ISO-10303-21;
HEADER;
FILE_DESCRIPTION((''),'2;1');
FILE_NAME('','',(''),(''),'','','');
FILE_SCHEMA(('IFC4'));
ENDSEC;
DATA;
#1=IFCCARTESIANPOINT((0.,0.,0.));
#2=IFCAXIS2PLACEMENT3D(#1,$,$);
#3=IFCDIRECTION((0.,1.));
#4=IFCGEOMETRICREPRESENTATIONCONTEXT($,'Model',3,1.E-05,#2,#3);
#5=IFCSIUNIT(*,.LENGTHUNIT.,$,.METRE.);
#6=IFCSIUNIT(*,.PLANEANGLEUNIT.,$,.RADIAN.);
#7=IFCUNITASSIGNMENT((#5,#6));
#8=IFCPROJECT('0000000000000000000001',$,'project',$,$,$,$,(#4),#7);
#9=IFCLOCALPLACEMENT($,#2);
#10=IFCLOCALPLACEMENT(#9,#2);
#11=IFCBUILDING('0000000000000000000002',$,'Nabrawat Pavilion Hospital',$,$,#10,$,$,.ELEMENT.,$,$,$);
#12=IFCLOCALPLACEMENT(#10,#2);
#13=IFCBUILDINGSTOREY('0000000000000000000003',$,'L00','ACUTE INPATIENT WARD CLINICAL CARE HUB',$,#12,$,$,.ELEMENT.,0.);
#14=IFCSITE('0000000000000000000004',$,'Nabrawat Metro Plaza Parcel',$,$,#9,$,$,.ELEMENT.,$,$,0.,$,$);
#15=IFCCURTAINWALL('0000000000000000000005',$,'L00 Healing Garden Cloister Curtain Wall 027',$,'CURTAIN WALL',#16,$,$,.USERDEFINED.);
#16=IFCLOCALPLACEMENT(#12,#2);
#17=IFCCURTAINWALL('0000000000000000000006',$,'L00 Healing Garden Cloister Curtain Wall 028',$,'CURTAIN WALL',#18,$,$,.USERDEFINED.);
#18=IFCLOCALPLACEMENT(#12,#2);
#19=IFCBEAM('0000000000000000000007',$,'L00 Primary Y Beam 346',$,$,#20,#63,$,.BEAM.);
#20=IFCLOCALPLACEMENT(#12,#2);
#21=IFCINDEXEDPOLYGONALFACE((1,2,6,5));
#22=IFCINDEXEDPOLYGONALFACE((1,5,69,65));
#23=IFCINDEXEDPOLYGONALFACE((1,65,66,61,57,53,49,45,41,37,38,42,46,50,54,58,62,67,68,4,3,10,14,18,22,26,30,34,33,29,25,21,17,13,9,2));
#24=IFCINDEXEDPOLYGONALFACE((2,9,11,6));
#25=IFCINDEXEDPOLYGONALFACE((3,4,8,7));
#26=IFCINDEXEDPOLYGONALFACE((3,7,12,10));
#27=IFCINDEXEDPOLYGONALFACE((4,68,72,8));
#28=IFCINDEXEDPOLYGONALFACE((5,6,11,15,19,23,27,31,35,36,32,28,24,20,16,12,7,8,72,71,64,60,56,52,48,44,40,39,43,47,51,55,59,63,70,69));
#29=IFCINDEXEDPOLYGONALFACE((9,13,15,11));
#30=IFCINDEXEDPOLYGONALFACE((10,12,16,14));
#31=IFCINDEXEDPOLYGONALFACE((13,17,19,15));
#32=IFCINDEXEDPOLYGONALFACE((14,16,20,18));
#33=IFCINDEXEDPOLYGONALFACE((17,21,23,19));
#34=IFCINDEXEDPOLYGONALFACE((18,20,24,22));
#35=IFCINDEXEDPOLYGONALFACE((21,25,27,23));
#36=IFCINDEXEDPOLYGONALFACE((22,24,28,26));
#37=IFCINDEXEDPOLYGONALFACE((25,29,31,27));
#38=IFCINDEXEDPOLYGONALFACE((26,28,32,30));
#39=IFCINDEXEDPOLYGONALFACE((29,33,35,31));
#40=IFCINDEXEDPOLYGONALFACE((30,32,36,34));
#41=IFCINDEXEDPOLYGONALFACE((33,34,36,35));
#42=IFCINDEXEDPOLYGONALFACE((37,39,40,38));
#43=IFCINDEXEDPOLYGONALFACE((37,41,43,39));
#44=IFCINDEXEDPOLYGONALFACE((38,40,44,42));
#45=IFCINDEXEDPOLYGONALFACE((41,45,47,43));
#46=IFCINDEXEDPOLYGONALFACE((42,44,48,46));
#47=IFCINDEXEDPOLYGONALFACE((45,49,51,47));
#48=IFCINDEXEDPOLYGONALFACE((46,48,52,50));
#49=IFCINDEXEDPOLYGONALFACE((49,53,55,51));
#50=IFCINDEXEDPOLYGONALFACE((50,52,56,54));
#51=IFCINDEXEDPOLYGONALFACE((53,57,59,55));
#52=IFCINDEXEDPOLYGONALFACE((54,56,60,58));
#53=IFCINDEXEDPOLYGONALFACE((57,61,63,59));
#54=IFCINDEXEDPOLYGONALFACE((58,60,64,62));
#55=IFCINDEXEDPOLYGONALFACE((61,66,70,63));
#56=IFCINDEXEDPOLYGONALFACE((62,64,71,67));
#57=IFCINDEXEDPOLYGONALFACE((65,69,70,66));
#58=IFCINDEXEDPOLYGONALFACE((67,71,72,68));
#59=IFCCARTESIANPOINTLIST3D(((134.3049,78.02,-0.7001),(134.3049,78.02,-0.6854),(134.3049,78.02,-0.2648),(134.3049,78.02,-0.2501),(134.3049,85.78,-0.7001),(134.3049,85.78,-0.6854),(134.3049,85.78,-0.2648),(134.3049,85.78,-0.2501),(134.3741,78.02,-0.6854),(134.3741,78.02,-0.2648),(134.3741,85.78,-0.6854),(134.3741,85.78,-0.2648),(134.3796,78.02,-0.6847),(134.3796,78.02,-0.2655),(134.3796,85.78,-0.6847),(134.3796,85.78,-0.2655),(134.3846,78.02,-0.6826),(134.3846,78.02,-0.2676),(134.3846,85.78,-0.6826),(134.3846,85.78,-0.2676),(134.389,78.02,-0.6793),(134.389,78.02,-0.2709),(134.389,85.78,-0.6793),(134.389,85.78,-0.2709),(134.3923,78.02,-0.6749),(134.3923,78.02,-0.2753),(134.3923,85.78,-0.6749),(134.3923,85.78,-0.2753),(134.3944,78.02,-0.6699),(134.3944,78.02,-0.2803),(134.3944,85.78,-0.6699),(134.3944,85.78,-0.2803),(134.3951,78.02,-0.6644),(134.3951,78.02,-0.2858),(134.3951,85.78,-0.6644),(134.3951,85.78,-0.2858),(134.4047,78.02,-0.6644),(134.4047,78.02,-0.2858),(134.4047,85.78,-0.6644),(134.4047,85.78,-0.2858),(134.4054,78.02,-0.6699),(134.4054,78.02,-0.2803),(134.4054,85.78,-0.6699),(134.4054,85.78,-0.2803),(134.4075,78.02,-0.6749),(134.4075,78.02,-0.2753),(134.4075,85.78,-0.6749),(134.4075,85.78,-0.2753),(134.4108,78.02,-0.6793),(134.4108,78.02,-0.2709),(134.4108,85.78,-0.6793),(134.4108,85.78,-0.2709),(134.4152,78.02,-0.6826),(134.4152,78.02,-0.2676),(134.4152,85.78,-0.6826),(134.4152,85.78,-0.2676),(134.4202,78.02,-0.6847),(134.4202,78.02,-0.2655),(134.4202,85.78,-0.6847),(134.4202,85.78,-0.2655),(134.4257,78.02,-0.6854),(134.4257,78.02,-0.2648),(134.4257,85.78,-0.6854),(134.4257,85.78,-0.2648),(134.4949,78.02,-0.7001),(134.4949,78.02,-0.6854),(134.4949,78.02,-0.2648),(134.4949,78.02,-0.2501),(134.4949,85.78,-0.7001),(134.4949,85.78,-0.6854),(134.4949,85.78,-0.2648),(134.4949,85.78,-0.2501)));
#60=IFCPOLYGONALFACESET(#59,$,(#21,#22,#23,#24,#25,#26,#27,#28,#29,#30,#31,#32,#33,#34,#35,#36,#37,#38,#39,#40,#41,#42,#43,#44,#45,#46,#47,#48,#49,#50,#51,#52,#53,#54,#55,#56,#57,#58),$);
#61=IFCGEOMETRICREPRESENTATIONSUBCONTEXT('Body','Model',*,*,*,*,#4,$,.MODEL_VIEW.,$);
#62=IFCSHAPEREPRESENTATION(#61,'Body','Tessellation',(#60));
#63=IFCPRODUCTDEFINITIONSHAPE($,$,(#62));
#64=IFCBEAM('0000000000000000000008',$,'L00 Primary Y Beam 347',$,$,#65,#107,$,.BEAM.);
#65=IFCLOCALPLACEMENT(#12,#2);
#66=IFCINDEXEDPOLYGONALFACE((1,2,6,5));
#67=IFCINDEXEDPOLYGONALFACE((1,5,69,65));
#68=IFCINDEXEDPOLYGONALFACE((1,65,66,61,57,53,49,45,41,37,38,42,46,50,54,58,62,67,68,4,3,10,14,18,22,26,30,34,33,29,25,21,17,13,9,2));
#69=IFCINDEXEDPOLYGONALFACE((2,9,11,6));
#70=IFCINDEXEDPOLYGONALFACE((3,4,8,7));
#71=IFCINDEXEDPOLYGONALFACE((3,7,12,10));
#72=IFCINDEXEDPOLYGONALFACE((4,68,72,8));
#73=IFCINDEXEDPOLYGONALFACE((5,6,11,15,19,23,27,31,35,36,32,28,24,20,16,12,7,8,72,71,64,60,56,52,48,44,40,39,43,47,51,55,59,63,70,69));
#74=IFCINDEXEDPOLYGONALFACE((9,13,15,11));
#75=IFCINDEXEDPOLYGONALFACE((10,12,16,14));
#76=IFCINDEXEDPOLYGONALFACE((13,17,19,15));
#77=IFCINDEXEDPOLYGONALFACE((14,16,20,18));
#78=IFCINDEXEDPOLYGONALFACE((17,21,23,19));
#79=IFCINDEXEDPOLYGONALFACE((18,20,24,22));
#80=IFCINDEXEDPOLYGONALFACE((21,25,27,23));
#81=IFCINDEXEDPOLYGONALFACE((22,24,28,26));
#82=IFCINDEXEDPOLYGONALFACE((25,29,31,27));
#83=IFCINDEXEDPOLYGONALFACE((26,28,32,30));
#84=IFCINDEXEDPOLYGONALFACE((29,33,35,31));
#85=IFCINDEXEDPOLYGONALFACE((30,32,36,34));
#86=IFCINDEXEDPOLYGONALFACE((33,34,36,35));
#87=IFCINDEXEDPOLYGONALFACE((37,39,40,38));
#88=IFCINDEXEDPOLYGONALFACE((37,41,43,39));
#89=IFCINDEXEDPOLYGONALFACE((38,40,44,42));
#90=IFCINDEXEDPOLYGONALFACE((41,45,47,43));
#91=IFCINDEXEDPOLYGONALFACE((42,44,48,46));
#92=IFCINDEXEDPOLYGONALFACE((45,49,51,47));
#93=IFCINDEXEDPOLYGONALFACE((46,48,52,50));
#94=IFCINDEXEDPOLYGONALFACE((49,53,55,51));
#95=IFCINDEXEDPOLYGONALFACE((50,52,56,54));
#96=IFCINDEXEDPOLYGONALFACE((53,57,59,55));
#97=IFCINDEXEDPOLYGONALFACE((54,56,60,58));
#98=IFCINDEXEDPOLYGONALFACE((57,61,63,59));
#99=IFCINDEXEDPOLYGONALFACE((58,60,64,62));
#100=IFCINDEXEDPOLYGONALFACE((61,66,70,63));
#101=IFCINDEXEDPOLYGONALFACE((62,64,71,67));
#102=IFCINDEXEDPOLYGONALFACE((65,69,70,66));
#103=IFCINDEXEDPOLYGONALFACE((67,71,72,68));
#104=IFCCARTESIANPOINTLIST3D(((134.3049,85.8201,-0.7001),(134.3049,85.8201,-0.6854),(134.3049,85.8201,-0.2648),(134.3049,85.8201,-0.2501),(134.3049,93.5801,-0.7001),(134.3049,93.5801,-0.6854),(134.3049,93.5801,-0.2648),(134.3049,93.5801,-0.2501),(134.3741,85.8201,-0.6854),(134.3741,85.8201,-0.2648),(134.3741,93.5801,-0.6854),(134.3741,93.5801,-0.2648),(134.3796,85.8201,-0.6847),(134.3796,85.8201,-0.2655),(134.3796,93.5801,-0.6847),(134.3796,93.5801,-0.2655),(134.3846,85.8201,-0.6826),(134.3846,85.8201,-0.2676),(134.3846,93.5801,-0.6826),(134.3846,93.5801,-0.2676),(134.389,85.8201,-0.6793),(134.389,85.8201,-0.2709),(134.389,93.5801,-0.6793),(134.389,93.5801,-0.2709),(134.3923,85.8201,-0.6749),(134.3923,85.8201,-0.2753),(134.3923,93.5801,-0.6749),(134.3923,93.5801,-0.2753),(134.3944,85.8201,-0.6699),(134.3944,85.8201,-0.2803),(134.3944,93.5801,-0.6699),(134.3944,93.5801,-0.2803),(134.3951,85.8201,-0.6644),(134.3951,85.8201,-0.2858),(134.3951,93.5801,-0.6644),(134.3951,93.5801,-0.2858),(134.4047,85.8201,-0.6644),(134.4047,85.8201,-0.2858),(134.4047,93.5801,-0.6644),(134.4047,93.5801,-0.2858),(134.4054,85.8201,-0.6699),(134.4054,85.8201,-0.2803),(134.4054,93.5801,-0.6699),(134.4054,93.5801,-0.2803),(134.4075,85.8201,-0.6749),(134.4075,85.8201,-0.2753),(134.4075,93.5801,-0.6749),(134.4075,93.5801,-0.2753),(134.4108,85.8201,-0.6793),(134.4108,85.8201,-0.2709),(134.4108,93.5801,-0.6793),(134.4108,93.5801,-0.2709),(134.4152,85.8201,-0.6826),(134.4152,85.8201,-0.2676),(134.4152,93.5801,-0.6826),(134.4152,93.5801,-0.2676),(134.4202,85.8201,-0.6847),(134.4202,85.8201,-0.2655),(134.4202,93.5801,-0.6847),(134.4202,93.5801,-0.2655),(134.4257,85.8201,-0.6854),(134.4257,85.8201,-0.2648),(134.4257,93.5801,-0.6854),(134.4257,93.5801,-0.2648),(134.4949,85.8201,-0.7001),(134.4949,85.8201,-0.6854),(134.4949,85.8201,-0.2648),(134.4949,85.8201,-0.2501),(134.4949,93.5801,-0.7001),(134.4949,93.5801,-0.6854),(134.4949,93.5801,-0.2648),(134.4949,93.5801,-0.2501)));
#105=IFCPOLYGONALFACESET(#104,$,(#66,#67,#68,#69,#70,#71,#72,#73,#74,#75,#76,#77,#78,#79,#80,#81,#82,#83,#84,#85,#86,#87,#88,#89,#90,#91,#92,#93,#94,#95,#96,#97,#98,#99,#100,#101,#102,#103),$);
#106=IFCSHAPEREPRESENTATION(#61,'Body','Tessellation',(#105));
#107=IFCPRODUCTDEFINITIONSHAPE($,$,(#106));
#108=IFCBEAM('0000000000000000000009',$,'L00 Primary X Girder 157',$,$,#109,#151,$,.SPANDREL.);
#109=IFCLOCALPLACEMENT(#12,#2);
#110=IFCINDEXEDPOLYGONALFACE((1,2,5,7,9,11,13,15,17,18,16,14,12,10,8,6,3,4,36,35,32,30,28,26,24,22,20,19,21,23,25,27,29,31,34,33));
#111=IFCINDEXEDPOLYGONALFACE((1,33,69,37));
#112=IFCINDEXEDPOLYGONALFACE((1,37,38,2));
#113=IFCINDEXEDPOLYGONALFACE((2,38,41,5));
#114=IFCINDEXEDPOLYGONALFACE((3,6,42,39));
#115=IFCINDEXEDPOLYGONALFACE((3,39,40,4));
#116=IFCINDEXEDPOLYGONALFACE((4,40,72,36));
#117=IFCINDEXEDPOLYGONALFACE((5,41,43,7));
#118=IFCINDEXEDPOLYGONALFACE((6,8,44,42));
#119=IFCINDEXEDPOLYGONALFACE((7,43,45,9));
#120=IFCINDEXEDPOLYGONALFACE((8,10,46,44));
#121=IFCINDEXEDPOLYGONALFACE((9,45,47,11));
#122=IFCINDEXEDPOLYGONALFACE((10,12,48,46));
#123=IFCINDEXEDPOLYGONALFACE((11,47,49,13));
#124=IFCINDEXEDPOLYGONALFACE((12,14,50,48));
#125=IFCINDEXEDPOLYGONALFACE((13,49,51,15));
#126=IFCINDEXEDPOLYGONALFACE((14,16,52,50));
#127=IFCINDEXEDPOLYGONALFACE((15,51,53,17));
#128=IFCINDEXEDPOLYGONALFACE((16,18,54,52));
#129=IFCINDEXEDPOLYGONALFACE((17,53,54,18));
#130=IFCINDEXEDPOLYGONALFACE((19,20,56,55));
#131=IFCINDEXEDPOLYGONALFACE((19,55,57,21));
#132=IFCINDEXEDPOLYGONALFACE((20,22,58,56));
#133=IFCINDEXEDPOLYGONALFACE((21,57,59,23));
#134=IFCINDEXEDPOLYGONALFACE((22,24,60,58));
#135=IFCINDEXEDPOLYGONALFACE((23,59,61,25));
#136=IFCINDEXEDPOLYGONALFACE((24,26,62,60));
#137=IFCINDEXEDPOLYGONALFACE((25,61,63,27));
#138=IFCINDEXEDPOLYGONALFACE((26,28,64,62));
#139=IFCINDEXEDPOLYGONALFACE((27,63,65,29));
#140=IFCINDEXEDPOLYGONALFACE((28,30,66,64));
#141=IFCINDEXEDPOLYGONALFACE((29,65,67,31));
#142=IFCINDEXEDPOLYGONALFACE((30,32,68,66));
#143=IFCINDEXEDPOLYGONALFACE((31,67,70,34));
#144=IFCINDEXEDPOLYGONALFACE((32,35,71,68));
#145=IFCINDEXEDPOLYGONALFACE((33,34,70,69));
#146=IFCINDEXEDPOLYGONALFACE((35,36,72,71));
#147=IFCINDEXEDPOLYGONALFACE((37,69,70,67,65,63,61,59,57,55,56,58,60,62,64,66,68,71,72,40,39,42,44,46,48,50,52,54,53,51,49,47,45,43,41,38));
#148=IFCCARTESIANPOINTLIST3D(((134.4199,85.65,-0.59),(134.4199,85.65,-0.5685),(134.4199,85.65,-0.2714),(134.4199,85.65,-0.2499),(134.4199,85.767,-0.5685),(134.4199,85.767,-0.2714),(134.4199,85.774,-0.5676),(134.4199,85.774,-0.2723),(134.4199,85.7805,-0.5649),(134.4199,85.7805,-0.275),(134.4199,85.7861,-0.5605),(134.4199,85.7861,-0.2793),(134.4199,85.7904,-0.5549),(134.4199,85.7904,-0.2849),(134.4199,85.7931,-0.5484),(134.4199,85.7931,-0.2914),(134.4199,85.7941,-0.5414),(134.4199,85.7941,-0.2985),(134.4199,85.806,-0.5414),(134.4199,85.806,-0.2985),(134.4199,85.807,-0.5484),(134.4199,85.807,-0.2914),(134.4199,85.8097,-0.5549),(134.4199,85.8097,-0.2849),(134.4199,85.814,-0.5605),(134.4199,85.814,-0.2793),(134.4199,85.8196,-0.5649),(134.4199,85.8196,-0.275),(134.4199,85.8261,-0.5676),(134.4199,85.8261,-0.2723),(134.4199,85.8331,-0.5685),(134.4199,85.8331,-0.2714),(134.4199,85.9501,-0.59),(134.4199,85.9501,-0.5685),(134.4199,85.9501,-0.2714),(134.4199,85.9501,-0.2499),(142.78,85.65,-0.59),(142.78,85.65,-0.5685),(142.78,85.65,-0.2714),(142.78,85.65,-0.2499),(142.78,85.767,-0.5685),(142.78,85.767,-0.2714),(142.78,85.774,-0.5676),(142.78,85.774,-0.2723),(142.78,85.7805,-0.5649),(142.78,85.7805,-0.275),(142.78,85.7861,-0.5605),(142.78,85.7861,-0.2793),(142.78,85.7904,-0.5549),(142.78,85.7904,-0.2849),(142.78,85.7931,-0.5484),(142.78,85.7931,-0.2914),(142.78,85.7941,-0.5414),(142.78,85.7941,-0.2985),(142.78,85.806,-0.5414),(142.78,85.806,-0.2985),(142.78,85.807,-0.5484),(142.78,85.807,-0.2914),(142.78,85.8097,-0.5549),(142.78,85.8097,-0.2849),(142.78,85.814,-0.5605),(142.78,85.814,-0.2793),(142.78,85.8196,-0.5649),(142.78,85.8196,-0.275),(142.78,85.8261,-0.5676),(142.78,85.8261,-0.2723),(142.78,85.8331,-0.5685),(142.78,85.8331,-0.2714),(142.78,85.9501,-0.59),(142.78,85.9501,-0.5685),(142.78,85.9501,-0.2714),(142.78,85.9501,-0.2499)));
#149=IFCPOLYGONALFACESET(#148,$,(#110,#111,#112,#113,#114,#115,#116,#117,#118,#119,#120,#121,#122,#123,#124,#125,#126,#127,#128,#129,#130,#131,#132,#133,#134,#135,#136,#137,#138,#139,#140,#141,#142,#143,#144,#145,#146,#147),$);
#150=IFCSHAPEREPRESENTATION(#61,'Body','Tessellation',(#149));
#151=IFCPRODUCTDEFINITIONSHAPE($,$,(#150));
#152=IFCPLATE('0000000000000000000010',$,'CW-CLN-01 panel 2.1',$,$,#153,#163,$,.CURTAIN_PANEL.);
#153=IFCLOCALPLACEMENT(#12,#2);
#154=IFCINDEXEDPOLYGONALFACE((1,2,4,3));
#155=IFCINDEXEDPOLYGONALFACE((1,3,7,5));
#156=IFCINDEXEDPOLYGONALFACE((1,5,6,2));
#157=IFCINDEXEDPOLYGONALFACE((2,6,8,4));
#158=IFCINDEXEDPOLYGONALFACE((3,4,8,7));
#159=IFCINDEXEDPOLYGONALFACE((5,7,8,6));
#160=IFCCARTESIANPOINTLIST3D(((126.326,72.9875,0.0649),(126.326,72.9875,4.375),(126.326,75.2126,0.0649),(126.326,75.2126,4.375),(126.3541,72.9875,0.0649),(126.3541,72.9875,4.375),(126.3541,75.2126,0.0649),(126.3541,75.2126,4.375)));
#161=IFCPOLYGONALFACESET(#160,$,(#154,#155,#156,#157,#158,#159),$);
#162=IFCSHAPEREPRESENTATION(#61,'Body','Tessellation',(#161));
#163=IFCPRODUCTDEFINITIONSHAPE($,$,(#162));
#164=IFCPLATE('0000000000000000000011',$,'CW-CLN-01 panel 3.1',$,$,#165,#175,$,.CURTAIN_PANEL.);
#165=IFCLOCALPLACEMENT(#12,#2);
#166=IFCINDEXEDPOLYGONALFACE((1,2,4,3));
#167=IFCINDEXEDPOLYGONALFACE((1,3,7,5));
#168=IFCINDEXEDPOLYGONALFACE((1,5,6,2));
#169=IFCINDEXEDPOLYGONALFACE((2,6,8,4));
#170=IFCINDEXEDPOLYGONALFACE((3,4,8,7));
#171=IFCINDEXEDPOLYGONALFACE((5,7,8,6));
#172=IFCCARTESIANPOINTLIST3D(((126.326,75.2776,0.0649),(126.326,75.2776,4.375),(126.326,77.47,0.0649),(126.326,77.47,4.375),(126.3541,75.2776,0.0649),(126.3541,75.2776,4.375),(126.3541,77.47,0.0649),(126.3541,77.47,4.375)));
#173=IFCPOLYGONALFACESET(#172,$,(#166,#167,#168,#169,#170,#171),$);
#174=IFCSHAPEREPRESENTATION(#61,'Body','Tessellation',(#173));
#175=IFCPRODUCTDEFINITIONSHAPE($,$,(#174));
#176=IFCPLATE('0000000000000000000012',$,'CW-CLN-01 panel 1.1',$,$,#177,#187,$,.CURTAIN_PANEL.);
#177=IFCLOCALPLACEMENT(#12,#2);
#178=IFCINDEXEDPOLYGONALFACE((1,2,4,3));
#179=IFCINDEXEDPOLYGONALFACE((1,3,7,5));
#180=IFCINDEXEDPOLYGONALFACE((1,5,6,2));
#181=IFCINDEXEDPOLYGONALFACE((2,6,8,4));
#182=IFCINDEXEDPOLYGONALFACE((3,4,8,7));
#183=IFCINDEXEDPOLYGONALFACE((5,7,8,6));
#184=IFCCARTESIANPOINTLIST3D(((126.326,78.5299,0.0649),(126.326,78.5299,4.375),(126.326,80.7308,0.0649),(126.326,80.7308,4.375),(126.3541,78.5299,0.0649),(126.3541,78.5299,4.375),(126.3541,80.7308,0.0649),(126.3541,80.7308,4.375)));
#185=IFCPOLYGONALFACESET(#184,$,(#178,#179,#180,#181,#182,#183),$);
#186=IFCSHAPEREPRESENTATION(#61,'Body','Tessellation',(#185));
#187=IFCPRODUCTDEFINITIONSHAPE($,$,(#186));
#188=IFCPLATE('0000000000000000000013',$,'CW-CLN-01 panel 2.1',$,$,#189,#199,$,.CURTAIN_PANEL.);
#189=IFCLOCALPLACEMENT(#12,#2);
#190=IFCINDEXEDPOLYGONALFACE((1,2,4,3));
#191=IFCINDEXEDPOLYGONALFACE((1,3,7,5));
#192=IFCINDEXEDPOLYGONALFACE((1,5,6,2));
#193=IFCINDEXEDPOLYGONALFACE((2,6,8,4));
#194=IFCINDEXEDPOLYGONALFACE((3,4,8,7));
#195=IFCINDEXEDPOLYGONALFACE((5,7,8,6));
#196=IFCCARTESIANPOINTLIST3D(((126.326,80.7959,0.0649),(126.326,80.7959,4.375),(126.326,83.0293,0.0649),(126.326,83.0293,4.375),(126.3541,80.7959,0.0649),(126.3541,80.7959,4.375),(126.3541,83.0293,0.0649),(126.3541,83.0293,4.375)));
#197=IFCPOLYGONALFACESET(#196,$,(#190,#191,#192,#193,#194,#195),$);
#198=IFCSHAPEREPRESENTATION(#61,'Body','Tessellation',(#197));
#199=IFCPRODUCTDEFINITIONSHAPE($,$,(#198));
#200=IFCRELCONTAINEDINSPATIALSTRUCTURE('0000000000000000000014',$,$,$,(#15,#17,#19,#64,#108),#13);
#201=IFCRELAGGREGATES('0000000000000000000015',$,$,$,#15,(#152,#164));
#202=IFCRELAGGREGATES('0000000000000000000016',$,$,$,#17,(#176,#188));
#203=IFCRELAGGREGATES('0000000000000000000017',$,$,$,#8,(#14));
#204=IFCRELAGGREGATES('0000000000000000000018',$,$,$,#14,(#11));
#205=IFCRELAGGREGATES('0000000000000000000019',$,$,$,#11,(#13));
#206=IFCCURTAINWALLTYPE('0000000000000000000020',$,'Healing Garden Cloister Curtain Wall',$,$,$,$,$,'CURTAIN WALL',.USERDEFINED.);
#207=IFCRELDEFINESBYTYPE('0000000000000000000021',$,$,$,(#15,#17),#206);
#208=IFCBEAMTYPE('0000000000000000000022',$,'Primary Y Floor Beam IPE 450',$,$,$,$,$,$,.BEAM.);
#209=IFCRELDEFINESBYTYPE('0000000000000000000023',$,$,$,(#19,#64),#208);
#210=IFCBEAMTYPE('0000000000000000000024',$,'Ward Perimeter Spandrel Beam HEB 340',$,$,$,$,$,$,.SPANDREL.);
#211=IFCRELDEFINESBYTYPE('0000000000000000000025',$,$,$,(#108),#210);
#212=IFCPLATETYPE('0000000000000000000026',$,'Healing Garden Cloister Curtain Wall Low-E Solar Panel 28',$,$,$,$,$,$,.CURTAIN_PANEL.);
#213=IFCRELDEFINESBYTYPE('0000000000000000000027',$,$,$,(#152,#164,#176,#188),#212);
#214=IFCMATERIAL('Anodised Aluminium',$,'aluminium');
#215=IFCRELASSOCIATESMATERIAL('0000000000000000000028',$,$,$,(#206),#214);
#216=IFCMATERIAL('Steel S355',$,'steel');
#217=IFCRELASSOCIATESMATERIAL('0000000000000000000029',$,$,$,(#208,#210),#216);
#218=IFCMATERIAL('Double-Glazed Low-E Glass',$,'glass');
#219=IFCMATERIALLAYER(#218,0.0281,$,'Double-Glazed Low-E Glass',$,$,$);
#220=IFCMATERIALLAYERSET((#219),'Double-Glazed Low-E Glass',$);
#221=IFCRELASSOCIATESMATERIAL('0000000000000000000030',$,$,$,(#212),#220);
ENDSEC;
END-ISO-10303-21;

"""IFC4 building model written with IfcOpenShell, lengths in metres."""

from ifc_helpers import new_model, si_unit, direction, frame, origin, origin_2d, place, context, subcontext, project, spatial, rectangle, i_section, extrude, material, layer, layer_set, material_profile, profile_set, type_object, element, aggregate, save


model = new_model("IFC4")

# Units and contexts
model_context = context("Model", 3, precision=1e-05, world=origin(), true_north=direction((0.0, 1.0)))
body_context = subcontext(model_context, "Body", "Model", "MODEL_VIEW")
ifc_project = project(units=[si_unit("LENGTHUNIT", "METRE"), si_unit("PLANEANGLEUNIT", "RADIAN")], contexts=[model_context])

# Site, building, storey
site_placement = place(None, origin())
site = spatial("IfcSite", under=ifc_project, at=site_placement, Name="Nabrawat Metro Plaza Parcel", CompositionType="ELEMENT", RefElevation=0.0)
building_placement = place(site_placement, origin())
building = spatial("IfcBuilding", under=site, at=building_placement, Name="Nabrawat Pavilion Hospital", CompositionType="ELEMENT")
storey_placement = place(building_placement, origin())
storey = spatial("IfcBuildingStorey", under=building, at=storey_placement, Name="L00", Description="ACUTE INPATIENT WARD CLINICAL CARE HUB", CompositionType="ELEMENT", Elevation=0.0)

# Shared definitions
ifc_material_1 = material(Name="Steel S355", Category="steel")

# Curtain walls
ifc_material_2 = material(Name="Anodised Aluminium", Category="aluminium")
curtain_wall_type = type_object("IfcCurtainWallType", Name="Healing Garden Cloister Curtain Wall", ElementType="CURTAIN WALL", PredefinedType="USERDEFINED", material=ifc_material_2)
curtain_wall_1_placement = place(storey_placement, origin())
curtain_wall_1 = element("IfcCurtainWall", 1, at=curtain_wall_1_placement, inside=storey, type_object=curtain_wall_type, Name="L00 Healing Garden Cloister Curtain Wall 027", ObjectType="CURTAIN WALL", PredefinedType="USERDEFINED")
curtain_wall_2_placement = place(storey_placement, origin())
curtain_wall_2 = element("IfcCurtainWall", 2, at=curtain_wall_2_placement, inside=storey, type_object=curtain_wall_type, Name="L00 Healing Garden Cloister Curtain Wall 028", ObjectType="CURTAIN WALL", PredefinedType="USERDEFINED")

# Beams
ifc_material_profile_1 = material_profile(ifc_material_1, i_section(OverallWidth=0.1899, OverallDepth=0.45, WebThickness=0.0095, FlangeThickness=0.0146, FilletRadius=0.021, at=origin_2d()), Name="IPE 450")
ifc_profile_set_1 = profile_set([ifc_material_profile_1], Name="Steel S355")
beam_type_1 = type_object("IfcBeamType", Name="Primary Y Floor Beam IPE 450", PredefinedType="BEAM", material=ifc_profile_set_1)
for number, where, z_axis, x_axis, name in (
    (3, (134.3999, 78.02, -0.4751), (0.0, 1.0, 0.0), (-1.0, 0.0, 0.0), "L00 Primary Y Beam 346"),
    (4, (134.3999, 85.8201, -0.4751), (0.0, 1.0, 0.0), (-1.0, 0.0, 0.0), "L00 Primary Y Beam 347"),
):
    element("IfcBeam", number, at=place(storey_placement, frame(where, z_axis=z_axis, x_axis=x_axis)), inside=storey, type_object=beam_type_1, Name=name, PredefinedType="BEAM", context=body_context, shape_type="SweptSolid", body=[
        extrude(i_section(OverallWidth=0.1899, OverallDepth=0.45, WebThickness=0.0095, FlangeThickness=0.0146, FilletRadius=0.021, at=origin_2d()), origin(), (0.0, 0.0, 1.0), 7.76),
    ])
ifc_material_profile_2 = material_profile(ifc_material_1, i_section(OverallWidth=0.3, OverallDepth=0.3401, WebThickness=0.012, FlangeThickness=0.0215, FilletRadius=0.0271, at=origin_2d()), Name="HEB 340")
ifc_profile_set_2 = profile_set([ifc_material_profile_2], Name="Steel S355")
beam_type_2 = type_object("IfcBeamType", Name="Ward Perimeter Spandrel Beam HEB 340", PredefinedType="SPANDREL", material=ifc_profile_set_2)
beam_1_placement = place(storey_placement, frame((134.4199, 85.8, -0.4199), z_axis=(1.0, 0.0, 0.0), x_axis=(0.0, 1.0, 0.0)))
element("IfcBeam", 5, at=beam_1_placement, inside=storey, type_object=beam_type_2, Name="L00 Primary X Girder 157", PredefinedType="SPANDREL", context=body_context, shape_type="SweptSolid", body=[
    extrude(i_section(OverallWidth=0.3, OverallDepth=0.3401, WebThickness=0.012, FlangeThickness=0.0215, FilletRadius=0.0271, at=origin_2d()), origin(), (0.0, 0.0, 1.0), 8.3601),
])

# Plates
ifc_material_3 = material(Name="Double-Glazed Low-E Glass", Category="glass")
ifc_layer_1 = layer(ifc_material_3, 0.0281, Name="Double-Glazed Low-E Glass")
ifc_layer_set_1 = layer_set([ifc_layer_1], Name="Double-Glazed Low-E Glass")
plate_type = type_object("IfcPlateType", Name="Healing Garden Cloister Curtain Wall Low-E Solar Panel 28", PredefinedType="CURTAIN_PANEL", material=ifc_layer_set_1)
plate_1_placement = place(storey_placement, frame((126.3401, 74.1001, 0.0649), z_axis=(0.0, 0.0, 1.0), x_axis=(0.0, 1.0, 0.0)))
plate_1 = element("IfcPlate", 6, at=plate_1_placement, type_object=plate_type, Name="CW-CLN-01 panel 2.1", PredefinedType="CURTAIN_PANEL", context=body_context, shape_type="SweptSolid", body=[
    extrude(rectangle(XDim=2.2251, YDim=0.0281, at=origin_2d()), origin(), (0.0, 0.0, 1.0), 4.3101),
])
plate_2_placement = place(storey_placement, frame((126.3401, 76.3738, 0.0649), z_axis=(0.0, 0.0, 1.0), x_axis=(0.0, 1.0, 0.0)))
plate_2 = element("IfcPlate", 7, at=plate_2_placement, type_object=plate_type, Name="CW-CLN-01 panel 3.1", PredefinedType="CURTAIN_PANEL", context=body_context, shape_type="SweptSolid", body=[
    extrude(rectangle(XDim=2.1924, YDim=0.0281, at=origin_2d()), origin(), (0.0, 0.0, 1.0), 4.3101),
])
aggregate(curtain_wall_1, [plate_1, plate_2])
plate_3_placement = place(storey_placement, frame((126.3401, 79.6304, 0.0649), z_axis=(0.0, 0.0, 1.0), x_axis=(0.0, 1.0, 0.0)))
plate_3 = element("IfcPlate", 8, at=plate_3_placement, type_object=plate_type, Name="CW-CLN-01 panel 1.1", PredefinedType="CURTAIN_PANEL", context=body_context, shape_type="SweptSolid", body=[
    extrude(rectangle(XDim=2.2009, YDim=0.0281, at=origin_2d()), origin(), (0.0, 0.0, 1.0), 4.3101),
])
plate_4_placement = place(storey_placement, frame((126.3401, 81.9126, 0.0649), z_axis=(0.0, 0.0, 1.0), x_axis=(0.0, 1.0, 0.0)))
plate_4 = element("IfcPlate", 9, at=plate_4_placement, type_object=plate_type, Name="CW-CLN-01 panel 2.1", PredefinedType="CURTAIN_PANEL", context=body_context, shape_type="SweptSolid", body=[
    extrude(rectangle(XDim=2.2334, YDim=0.0281, at=origin_2d()), origin(), (0.0, 0.0, 1.0), 4.3101),
])
aggregate(curtain_wall_2, [plate_3, plate_4])

save(model, "model.ifc")
